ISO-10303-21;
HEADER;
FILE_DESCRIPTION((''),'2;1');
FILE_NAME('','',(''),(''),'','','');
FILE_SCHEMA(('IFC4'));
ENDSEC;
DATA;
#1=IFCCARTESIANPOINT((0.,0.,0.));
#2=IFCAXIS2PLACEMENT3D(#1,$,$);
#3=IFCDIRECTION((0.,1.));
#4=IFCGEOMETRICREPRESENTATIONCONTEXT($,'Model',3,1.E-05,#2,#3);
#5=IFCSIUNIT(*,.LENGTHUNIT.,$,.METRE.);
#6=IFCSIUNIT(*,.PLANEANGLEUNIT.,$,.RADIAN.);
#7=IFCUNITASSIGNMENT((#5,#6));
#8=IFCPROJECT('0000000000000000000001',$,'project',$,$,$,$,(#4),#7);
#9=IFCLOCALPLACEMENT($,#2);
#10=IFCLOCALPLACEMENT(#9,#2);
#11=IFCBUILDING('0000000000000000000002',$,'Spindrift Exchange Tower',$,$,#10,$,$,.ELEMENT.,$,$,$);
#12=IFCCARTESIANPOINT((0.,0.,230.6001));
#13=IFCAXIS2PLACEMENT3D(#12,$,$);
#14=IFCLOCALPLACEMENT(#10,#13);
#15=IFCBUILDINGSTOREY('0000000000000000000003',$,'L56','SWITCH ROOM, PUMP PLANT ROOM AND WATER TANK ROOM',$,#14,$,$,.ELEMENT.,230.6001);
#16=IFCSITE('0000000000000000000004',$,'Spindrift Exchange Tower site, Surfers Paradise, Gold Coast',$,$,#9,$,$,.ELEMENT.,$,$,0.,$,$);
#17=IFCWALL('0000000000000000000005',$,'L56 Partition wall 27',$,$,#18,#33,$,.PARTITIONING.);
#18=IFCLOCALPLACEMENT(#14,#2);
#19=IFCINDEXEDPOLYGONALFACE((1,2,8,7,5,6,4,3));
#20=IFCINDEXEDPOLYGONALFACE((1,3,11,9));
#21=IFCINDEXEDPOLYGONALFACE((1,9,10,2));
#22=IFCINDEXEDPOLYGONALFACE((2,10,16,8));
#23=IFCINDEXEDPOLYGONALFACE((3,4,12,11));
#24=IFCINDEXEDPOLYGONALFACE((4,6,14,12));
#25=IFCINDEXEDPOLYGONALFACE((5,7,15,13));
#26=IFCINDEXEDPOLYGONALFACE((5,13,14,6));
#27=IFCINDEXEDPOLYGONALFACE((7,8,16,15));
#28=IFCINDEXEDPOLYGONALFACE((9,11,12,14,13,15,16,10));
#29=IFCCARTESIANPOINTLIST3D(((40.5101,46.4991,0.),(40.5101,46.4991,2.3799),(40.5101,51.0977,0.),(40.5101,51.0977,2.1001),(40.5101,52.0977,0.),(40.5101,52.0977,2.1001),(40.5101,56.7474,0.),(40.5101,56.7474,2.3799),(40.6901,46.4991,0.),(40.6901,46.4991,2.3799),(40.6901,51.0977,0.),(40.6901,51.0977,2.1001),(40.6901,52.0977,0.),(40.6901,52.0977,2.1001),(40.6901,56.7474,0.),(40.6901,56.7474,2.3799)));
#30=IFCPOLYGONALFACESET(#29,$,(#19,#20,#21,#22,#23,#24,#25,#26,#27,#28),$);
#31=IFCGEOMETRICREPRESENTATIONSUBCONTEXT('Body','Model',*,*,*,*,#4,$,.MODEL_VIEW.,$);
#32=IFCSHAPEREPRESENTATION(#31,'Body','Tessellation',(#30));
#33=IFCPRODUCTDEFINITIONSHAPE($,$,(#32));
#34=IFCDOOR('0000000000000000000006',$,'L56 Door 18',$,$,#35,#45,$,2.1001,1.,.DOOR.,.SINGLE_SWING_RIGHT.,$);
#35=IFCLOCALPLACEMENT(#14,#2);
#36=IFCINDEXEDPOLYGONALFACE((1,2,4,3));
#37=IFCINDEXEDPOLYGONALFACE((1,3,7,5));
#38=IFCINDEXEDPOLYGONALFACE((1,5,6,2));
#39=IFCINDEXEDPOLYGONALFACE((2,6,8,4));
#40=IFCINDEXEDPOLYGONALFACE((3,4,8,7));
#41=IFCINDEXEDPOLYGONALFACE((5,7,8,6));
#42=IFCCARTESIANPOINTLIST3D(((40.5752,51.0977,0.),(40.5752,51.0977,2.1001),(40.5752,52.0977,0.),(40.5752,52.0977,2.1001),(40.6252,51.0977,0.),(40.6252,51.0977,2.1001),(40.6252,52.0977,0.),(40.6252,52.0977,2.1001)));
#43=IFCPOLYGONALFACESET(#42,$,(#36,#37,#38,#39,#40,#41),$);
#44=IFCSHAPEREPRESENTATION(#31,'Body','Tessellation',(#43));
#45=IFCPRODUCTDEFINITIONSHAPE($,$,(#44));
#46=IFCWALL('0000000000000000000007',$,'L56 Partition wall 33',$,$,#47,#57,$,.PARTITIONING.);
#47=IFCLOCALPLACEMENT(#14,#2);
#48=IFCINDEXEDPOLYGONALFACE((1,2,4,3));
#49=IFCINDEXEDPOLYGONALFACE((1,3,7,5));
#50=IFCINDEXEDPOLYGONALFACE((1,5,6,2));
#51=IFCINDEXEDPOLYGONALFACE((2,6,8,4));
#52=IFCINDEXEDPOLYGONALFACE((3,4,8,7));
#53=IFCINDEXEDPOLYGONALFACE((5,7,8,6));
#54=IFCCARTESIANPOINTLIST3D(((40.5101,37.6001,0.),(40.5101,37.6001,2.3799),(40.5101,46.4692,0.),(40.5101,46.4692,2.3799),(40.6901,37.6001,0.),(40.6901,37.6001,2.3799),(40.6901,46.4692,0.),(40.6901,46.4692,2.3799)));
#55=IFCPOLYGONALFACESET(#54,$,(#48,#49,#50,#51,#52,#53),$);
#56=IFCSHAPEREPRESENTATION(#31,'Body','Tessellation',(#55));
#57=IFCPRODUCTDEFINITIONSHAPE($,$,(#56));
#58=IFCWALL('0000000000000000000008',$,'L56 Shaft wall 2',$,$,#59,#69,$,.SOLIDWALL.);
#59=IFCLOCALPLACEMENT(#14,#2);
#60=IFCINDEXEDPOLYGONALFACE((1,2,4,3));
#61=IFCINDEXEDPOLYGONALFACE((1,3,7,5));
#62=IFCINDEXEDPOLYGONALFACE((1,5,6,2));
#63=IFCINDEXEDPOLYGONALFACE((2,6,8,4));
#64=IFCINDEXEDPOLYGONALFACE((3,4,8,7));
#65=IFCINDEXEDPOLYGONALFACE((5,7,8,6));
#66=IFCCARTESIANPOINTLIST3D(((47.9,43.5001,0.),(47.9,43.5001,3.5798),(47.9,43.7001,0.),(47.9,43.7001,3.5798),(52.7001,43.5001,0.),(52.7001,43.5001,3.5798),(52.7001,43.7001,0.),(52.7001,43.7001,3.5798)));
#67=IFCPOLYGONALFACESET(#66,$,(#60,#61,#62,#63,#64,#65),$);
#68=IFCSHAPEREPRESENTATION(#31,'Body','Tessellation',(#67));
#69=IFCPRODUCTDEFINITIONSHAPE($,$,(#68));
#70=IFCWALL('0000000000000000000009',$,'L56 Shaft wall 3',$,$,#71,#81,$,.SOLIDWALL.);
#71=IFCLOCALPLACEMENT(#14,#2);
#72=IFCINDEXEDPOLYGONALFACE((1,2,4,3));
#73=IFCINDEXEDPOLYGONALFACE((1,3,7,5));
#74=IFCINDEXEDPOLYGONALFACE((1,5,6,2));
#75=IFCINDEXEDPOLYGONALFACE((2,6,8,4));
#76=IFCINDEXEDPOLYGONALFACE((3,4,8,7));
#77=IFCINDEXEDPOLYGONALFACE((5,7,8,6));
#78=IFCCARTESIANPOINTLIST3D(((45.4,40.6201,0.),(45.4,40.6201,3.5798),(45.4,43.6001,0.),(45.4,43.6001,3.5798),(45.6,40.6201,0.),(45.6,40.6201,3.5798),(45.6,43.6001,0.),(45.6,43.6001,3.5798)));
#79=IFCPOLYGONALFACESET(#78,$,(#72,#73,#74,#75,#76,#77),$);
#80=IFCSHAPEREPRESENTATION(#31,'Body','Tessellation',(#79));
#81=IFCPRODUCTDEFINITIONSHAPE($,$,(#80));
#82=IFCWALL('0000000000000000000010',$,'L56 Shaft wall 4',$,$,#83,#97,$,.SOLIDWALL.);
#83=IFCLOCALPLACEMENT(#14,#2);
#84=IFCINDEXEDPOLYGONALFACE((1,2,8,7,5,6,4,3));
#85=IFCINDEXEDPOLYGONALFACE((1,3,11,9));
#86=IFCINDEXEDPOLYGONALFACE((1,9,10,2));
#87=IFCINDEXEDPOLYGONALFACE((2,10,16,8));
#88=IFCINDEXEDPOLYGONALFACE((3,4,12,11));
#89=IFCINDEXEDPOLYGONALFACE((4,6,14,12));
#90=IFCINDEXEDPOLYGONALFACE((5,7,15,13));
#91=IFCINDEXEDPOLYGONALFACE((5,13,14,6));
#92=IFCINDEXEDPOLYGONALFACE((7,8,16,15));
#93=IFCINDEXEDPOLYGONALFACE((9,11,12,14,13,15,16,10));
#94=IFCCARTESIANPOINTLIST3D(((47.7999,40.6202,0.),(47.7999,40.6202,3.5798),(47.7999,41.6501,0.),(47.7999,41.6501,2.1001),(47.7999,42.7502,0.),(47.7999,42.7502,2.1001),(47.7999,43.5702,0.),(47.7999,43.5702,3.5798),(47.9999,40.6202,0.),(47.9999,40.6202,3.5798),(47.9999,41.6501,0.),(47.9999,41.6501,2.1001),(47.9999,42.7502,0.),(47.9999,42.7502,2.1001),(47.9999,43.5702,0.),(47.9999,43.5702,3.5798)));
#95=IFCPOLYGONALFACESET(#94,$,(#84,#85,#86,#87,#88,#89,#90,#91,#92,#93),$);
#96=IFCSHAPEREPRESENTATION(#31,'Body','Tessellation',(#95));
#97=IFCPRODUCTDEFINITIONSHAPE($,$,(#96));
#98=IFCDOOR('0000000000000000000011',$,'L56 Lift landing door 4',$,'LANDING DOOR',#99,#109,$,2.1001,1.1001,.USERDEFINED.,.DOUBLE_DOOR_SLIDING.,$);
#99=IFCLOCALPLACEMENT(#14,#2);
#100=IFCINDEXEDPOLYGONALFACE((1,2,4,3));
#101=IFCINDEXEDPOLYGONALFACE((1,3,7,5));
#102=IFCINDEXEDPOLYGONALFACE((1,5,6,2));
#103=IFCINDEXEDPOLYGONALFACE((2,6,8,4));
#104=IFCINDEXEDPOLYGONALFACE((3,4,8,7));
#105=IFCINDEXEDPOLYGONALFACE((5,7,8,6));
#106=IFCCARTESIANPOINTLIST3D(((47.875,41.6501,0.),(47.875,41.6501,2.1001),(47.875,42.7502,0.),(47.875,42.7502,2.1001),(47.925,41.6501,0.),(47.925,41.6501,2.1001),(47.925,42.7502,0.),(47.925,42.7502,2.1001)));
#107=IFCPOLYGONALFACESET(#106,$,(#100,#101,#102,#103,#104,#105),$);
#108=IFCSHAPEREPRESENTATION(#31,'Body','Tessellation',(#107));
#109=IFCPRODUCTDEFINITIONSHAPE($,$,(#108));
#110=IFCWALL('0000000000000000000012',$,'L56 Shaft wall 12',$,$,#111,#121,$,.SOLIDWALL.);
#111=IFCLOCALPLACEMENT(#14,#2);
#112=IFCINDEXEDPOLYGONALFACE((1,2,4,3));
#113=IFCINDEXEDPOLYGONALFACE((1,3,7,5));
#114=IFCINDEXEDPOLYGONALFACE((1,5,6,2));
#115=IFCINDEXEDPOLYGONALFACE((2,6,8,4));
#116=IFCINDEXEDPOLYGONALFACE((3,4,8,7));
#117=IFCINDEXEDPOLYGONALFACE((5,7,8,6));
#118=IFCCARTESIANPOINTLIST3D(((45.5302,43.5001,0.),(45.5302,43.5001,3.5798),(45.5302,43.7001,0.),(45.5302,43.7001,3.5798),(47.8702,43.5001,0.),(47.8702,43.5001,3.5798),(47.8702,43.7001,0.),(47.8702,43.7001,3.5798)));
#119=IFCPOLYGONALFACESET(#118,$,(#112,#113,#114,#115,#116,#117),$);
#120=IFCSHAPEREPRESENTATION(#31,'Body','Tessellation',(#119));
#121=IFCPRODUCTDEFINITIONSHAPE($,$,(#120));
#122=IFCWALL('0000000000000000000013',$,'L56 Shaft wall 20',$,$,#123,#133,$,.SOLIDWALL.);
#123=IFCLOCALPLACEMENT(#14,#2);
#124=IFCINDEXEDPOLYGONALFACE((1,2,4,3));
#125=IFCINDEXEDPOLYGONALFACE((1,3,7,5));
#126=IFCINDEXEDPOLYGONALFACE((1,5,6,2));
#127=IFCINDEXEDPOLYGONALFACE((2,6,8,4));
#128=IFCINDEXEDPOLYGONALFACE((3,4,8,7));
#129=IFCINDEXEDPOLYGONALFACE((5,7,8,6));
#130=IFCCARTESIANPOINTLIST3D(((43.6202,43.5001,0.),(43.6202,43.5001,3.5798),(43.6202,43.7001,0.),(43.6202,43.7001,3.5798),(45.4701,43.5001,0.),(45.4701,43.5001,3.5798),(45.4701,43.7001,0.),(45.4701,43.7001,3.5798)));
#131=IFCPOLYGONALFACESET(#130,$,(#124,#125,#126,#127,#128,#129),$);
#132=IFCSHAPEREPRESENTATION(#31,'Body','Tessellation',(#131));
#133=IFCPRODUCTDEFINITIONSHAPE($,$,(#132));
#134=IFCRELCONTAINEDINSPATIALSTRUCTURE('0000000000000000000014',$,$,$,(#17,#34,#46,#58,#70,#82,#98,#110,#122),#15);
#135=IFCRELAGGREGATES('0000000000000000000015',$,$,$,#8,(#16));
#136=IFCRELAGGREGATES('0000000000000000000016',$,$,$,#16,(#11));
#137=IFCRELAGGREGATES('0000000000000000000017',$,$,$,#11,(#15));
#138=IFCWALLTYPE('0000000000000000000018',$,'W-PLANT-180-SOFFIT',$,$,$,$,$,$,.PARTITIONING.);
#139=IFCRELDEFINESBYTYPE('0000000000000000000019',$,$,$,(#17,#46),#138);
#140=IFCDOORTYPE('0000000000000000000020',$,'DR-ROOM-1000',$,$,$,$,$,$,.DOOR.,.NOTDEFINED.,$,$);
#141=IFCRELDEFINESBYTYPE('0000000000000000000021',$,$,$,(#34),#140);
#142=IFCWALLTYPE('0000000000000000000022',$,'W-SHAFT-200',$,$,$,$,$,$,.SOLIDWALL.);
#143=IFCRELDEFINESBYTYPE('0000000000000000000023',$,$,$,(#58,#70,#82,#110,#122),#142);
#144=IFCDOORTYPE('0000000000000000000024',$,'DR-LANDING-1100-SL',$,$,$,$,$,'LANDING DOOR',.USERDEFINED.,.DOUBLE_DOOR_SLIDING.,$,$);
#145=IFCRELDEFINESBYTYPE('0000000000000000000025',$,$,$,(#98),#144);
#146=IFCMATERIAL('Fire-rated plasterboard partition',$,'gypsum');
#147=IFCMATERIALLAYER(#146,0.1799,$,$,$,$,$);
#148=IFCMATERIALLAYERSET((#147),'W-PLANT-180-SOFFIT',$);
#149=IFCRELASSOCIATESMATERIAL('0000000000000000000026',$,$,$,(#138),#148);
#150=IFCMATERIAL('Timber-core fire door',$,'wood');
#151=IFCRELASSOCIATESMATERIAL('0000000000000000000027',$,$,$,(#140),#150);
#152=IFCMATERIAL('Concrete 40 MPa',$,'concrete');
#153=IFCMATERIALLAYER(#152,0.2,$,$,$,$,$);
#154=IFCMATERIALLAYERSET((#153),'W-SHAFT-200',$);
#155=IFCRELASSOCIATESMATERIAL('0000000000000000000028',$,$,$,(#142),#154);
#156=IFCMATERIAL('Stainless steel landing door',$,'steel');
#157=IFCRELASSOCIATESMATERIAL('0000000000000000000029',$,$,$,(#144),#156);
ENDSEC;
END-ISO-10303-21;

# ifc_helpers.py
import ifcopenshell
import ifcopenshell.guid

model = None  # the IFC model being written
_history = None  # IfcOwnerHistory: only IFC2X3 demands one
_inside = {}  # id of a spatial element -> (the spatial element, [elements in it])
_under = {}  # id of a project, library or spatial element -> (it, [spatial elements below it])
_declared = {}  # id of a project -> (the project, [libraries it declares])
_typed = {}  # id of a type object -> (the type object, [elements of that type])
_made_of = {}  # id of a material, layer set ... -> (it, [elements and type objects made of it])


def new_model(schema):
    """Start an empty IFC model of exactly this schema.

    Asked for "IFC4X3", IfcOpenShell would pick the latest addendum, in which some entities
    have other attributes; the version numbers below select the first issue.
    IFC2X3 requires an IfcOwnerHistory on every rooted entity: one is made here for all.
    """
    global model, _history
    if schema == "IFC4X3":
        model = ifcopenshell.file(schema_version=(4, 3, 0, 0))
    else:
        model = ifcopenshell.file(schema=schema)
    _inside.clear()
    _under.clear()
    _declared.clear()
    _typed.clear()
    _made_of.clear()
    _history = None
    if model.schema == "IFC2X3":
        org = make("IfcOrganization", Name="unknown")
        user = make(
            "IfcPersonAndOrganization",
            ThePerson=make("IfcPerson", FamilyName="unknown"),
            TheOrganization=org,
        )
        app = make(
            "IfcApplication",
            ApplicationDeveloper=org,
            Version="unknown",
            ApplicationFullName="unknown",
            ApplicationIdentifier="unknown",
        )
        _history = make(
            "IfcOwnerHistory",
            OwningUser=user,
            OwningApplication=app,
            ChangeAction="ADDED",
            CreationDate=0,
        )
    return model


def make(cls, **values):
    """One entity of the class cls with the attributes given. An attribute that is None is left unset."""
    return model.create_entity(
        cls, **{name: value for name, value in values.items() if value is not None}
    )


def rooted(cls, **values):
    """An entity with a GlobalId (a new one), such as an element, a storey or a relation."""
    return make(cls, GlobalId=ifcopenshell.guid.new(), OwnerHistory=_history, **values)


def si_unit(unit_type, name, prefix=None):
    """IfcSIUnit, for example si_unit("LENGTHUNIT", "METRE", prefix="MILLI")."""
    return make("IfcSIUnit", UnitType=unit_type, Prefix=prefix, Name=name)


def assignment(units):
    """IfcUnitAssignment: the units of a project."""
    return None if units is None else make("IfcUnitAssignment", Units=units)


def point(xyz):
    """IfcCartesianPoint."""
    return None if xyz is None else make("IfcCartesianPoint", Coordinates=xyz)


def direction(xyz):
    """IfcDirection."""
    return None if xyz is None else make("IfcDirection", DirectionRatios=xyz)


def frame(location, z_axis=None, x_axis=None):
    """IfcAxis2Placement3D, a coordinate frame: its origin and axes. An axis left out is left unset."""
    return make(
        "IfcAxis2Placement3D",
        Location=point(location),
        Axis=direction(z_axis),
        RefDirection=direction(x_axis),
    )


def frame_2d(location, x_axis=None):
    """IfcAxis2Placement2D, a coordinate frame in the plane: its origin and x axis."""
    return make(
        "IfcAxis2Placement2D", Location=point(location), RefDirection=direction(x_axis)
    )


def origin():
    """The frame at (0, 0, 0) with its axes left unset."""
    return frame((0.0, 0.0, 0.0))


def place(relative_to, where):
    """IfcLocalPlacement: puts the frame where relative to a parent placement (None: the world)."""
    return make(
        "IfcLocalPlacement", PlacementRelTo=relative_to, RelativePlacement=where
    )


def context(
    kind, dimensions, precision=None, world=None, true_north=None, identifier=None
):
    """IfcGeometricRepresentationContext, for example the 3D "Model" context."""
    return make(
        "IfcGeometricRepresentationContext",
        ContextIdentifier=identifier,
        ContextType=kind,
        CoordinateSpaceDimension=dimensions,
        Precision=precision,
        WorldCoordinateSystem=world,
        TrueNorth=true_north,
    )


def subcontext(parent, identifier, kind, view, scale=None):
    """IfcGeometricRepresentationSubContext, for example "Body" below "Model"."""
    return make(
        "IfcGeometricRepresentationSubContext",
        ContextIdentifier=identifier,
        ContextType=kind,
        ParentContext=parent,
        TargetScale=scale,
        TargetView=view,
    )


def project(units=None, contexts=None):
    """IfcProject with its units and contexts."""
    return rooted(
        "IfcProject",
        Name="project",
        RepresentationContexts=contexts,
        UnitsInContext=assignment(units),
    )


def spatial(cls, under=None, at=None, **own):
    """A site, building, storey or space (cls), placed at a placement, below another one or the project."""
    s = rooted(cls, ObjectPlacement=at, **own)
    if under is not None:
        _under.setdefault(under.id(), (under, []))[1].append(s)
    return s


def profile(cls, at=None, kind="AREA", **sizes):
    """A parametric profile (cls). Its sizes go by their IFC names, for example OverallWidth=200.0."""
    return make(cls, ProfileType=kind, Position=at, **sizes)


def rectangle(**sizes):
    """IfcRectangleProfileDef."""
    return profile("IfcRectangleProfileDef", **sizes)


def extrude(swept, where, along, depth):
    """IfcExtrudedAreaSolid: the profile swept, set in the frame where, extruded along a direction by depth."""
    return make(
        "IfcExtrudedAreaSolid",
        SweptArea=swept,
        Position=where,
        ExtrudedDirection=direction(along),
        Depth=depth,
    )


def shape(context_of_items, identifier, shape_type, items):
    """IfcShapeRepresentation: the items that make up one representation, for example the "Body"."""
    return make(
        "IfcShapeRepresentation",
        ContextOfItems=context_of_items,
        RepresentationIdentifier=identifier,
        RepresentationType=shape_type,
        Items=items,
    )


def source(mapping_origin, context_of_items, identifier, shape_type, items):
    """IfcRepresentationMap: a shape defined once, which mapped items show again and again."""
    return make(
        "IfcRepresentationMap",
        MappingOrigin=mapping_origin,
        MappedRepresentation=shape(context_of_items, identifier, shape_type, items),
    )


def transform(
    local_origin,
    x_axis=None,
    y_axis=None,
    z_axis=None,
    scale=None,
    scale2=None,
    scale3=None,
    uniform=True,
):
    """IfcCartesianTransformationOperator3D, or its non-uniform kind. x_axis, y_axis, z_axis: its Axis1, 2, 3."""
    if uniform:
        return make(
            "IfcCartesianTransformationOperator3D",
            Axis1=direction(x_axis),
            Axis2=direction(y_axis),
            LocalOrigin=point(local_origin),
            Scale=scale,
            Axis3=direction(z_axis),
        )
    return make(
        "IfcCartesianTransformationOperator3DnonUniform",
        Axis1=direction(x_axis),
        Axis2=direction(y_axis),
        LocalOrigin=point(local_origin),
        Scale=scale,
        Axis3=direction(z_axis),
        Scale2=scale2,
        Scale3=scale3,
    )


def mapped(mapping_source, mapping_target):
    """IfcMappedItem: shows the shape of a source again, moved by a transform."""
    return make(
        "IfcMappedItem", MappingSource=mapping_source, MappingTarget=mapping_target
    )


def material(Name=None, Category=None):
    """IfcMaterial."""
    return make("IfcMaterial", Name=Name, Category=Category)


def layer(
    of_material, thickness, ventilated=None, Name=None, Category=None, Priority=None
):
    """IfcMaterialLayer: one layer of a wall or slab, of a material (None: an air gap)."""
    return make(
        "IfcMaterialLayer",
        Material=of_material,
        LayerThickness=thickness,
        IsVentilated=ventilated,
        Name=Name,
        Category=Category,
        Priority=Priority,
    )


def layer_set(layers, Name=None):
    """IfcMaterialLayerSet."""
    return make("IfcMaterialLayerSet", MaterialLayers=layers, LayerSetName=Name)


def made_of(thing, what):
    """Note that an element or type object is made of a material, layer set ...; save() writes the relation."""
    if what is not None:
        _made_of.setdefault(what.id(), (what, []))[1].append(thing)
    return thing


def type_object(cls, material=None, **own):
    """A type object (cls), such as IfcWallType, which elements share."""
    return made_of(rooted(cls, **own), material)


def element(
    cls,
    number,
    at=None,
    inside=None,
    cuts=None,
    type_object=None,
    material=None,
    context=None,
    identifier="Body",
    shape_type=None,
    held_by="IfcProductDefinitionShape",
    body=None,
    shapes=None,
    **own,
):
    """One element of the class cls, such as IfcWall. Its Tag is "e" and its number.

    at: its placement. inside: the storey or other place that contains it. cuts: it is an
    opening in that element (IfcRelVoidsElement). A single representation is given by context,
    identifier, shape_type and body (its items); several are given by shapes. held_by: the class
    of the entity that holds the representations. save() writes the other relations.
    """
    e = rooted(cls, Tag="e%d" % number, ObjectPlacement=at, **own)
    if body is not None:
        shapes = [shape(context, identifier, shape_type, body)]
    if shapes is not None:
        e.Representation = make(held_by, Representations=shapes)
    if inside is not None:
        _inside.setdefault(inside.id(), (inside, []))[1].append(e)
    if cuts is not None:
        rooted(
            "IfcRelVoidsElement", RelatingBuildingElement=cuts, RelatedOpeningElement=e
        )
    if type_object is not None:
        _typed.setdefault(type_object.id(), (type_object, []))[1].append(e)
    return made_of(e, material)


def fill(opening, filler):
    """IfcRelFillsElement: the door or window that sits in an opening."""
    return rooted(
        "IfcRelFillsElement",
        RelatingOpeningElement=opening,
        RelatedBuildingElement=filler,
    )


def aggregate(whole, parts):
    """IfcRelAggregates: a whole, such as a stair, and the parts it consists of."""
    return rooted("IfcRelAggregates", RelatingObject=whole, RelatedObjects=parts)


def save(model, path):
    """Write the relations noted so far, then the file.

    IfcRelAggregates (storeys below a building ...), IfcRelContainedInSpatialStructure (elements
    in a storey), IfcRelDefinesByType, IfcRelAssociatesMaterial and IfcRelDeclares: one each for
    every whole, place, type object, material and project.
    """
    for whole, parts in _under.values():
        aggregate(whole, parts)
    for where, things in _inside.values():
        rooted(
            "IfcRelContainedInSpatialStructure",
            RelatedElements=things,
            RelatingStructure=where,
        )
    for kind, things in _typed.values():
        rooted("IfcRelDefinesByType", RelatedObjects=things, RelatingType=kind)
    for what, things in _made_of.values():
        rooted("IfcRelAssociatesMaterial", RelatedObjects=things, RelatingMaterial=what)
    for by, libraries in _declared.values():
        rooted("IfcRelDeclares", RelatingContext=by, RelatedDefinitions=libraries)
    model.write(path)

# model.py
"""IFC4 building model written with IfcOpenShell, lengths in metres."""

from ifc_helpers import new_model, si_unit, direction, frame, frame_2d, origin, place, context, subcontext, project, spatial, rectangle, extrude, source, transform, mapped, material, layer, layer_set, type_object, element, fill, save


model = new_model("IFC4")

# Units and contexts
model_context = context("Model", 3, precision=1e-05, world=origin(), true_north=direction((0.0, 1.0)))
body_context = subcontext(model_context, "Body", "Model", "MODEL_VIEW")
ifc_project = project(units=[si_unit("LENGTHUNIT", "METRE"), si_unit("PLANEANGLEUNIT", "RADIAN")], contexts=[model_context])

# Site, building, storey
site_placement = place(None, origin())
site = spatial("IfcSite", under=ifc_project, at=site_placement, Name="Spindrift Exchange Tower site, Surfers Paradise, Gold Coast", CompositionType="ELEMENT", RefElevation=0.0)
building_placement = place(site_placement, origin())
building = spatial("IfcBuilding", under=site, at=building_placement, Name="Spindrift Exchange Tower", CompositionType="ELEMENT")
storey_placement = place(building_placement, frame((0.0, 0.0, 230.6001)))
storey = spatial("IfcBuildingStorey", under=building, at=storey_placement, Name="L56", Description="SWITCH ROOM, PUMP PLANT ROOM AND WATER TANK ROOM", CompositionType="ELEMENT", Elevation=230.6001)

# Shared definitions
ifc_material_1 = material(Name="Timber-core fire door", Category="wood")

# Shared definitions
ifc_material_2 = material(Name="Fire-rated plasterboard partition", Category="gypsum")

# Wall, opening, door
ifc_layer_1 = layer(ifc_material_2, 0.1799)
ifc_layer_set_1 = layer_set([ifc_layer_1], Name="W-PLANT-180-SOFFIT")
wall_type_1 = type_object("IfcWallType", Name="W-PLANT-180-SOFFIT", PredefinedType="PARTITIONING", material=ifc_layer_set_1)
wall_1_placement = place(storey_placement, frame((40.6001, 46.4993, 0.0), z_axis=(0.0, 0.0, 1.0), x_axis=(0.0, 1.0, 0.0)))
wall_1 = element("IfcWall", 1, at=wall_1_placement, inside=storey, type_object=wall_type_1, Name="L56 Partition wall 27", PredefinedType="PARTITIONING", context=body_context, shape_type="SweptSolid", body=[
    extrude(rectangle(XDim=10.2483, YDim=0.1799, at=frame_2d((5.124, 0.0))), origin(), (0.0, 0.0, 1.0), 2.3799),
])
opening_1_placement = place(wall_1_placement, frame((4.5984, 0.0, 0.0)))
opening_1 = element("IfcOpeningElement", 2, at=opening_1_placement, cuts=wall_1, PredefinedType="OPENING", context=body_context, shape_type="SweptSolid", body=[
    extrude(rectangle(XDim=1.0, YDim=2.1001, at=frame_2d((0.5, 1.05))), frame((0.0, 0.0999, 0.0), z_axis=(0.0, -1.0, 0.0), x_axis=(1.0, 0.0, 0.0)), (0.0, 0.0, 1.0), 0.2),
])
door_type_1 = type_object("IfcDoorType", Name="DR-ROOM-1000", OperationType="NOTDEFINED", PredefinedType="DOOR", material=ifc_material_1)
shared_shape_1 = source(origin(), body_context, "Body", "SweptSolid", [
    extrude(rectangle(XDim=1.0, YDim=2.1001, at=frame_2d((0.5, 1.05))), frame((0.0, 0.0249, 0.0), z_axis=(0.0, -1.0, 0.0), x_axis=(1.0, 0.0, 0.0)), (0.0, 0.0, 1.0), 0.05),
])
door_1_placement = place(opening_1_placement, origin())
door_1 = element("IfcDoor", 3, at=door_1_placement, inside=storey, type_object=door_type_1, Name="L56 Door 18", OperationType="SINGLE_SWING_RIGHT", OverallHeight=2.1001, OverallWidth=1.0, PredefinedType="DOOR", context=body_context, shape_type="MappedRepresentation", body=[
    mapped(shared_shape_1, transform((0.0, 0.0, 0.0), scale=1.0)),
])
fill(opening_1, door_1)

# Walls
wall_2_placement = place(storey_placement, frame((40.6001, 46.4692, 0.0), z_axis=(0.0, 0.0, 1.0), x_axis=(0.0, -1.0, 0.0)))
element("IfcWall", 4, at=wall_2_placement, inside=storey, type_object=wall_type_1, Name="L56 Partition wall 33", PredefinedType="PARTITIONING", context=body_context, shape_type="SweptSolid", body=[
    extrude(rectangle(XDim=8.8691, YDim=0.1799, at=frame_2d((4.4346, 0.0))), origin(), (0.0, 0.0, 1.0), 2.3799),
])
ifc_material_3 = material(Name="Concrete 40 MPa", Category="concrete")
ifc_layer_2 = layer(ifc_material_3, 0.2)
ifc_layer_set_2 = layer_set([ifc_layer_2], Name="W-SHAFT-200")
wall_type_2 = type_object("IfcWallType", Name="W-SHAFT-200", PredefinedType="SOLIDWALL", material=ifc_layer_set_2)
wall_3_placement = place(storey_placement, frame((52.7, 43.6001, 0.0), z_axis=(0.0, 0.0, 1.0), x_axis=(-1.0, 0.0, 0.0)))
element("IfcWall", 5, at=wall_3_placement, inside=storey, type_object=wall_type_2, Name="L56 Shaft wall 2", PredefinedType="SOLIDWALL", context=body_context, shape_type="SweptSolid", body=[
    extrude(rectangle(XDim=4.8, YDim=0.2, at=frame_2d((2.3999, 0.0))), origin(), (0.0, 0.0, 1.0), 3.5798),
])
wall_4_placement = place(storey_placement, frame((45.5, 43.6001, 0.0), z_axis=(0.0, 0.0, 1.0), x_axis=(0.0, -1.0, 0.0)))
element("IfcWall", 6, at=wall_4_placement, inside=storey, type_object=wall_type_2, Name="L56 Shaft wall 3", PredefinedType="SOLIDWALL", context=body_context, shape_type="SweptSolid", body=[
    extrude(rectangle(XDim=2.98, YDim=0.2, at=frame_2d((1.49, 0.0))), origin(), (0.0, 0.0, 1.0), 3.5798),
])

# Wall, opening, door
wall_5_placement = place(storey_placement, frame((47.8999, 40.6201, 0.0), z_axis=(0.0, 0.0, 1.0), x_axis=(0.0, 1.0, 0.0)))
wall_5 = element("IfcWall", 7, at=wall_5_placement, inside=storey, type_object=wall_type_2, Name="L56 Shaft wall 4", PredefinedType="SOLIDWALL", context=body_context, shape_type="SweptSolid", body=[
    extrude(rectangle(XDim=2.95, YDim=0.2, at=frame_2d((1.4751, 0.0))), origin(), (0.0, 0.0, 1.0), 3.5798),
])
opening_2_placement = place(wall_5_placement, frame((1.03, 0.0, 0.0)))
opening_2 = element("IfcOpeningElement", 8, at=opening_2_placement, cuts=wall_5, PredefinedType="OPENING", context=body_context, shape_type="SweptSolid", body=[
    extrude(rectangle(XDim=1.1001, YDim=2.1001, at=frame_2d((0.55, 1.05))), frame((0.0, 0.1099, 0.0), z_axis=(0.0, -1.0, 0.0), x_axis=(1.0, 0.0, 0.0)), (0.0, 0.0, 1.0), 0.22),
])
ifc_material_4 = material(Name="Stainless steel landing door", Category="steel")
door_type_2 = type_object("IfcDoorType", Name="DR-LANDING-1100-SL", ElementType="LANDING DOOR", OperationType="DOUBLE_DOOR_SLIDING", PredefinedType="USERDEFINED", material=ifc_material_4)
shared_shape_2 = source(origin(), body_context, "Body", "SweptSolid", [
    extrude(rectangle(XDim=1.1001, YDim=2.1001, at=frame_2d((0.55, 1.05))), frame((0.0, 0.0249, 0.0), z_axis=(0.0, -1.0, 0.0), x_axis=(1.0, 0.0, 0.0)), (0.0, 0.0, 1.0), 0.05),
])
door_2_placement = place(opening_2_placement, origin())
door_2 = element("IfcDoor", 9, at=door_2_placement, inside=storey, type_object=door_type_2, Name="L56 Lift landing door 4", ObjectType="LANDING DOOR", OperationType="DOUBLE_DOOR_SLIDING", OverallHeight=2.1001, OverallWidth=1.1001, PredefinedType="USERDEFINED", context=body_context, shape_type="MappedRepresentation", body=[
    mapped(shared_shape_2, transform((0.0, 0.0, 0.0), scale=1.0)),
])
fill(opening_2, door_2)

# Walls
wall_6_placement = place(storey_placement, frame((47.8701, 43.6001, 0.0), z_axis=(0.0, 0.0, 1.0), x_axis=(-1.0, 0.0, 0.0)))
element("IfcWall", 10, at=wall_6_placement, inside=storey, type_object=wall_type_2, Name="L56 Shaft wall 12", PredefinedType="SOLIDWALL", context=body_context, shape_type="SweptSolid", body=[
    extrude(rectangle(XDim=2.3401, YDim=0.2, at=frame_2d((1.1699, 0.0))), origin(), (0.0, 0.0, 1.0), 3.5798),
])
wall_7_placement = place(storey_placement, frame((45.47, 43.6001, 0.0), z_axis=(0.0, 0.0, 1.0), x_axis=(-1.0, 0.0, 0.0)))
element("IfcWall", 11, at=wall_7_placement, inside=storey, type_object=wall_type_2, Name="L56 Shaft wall 20", PredefinedType="SOLIDWALL", context=body_context, shape_type="SweptSolid", body=[
    extrude(rectangle(XDim=1.8499, YDim=0.2, at=frame_2d((0.9248, 0.0))), origin(), (0.0, 0.0, 1.0), 3.5798),
])

save(model, "model.ifc")
